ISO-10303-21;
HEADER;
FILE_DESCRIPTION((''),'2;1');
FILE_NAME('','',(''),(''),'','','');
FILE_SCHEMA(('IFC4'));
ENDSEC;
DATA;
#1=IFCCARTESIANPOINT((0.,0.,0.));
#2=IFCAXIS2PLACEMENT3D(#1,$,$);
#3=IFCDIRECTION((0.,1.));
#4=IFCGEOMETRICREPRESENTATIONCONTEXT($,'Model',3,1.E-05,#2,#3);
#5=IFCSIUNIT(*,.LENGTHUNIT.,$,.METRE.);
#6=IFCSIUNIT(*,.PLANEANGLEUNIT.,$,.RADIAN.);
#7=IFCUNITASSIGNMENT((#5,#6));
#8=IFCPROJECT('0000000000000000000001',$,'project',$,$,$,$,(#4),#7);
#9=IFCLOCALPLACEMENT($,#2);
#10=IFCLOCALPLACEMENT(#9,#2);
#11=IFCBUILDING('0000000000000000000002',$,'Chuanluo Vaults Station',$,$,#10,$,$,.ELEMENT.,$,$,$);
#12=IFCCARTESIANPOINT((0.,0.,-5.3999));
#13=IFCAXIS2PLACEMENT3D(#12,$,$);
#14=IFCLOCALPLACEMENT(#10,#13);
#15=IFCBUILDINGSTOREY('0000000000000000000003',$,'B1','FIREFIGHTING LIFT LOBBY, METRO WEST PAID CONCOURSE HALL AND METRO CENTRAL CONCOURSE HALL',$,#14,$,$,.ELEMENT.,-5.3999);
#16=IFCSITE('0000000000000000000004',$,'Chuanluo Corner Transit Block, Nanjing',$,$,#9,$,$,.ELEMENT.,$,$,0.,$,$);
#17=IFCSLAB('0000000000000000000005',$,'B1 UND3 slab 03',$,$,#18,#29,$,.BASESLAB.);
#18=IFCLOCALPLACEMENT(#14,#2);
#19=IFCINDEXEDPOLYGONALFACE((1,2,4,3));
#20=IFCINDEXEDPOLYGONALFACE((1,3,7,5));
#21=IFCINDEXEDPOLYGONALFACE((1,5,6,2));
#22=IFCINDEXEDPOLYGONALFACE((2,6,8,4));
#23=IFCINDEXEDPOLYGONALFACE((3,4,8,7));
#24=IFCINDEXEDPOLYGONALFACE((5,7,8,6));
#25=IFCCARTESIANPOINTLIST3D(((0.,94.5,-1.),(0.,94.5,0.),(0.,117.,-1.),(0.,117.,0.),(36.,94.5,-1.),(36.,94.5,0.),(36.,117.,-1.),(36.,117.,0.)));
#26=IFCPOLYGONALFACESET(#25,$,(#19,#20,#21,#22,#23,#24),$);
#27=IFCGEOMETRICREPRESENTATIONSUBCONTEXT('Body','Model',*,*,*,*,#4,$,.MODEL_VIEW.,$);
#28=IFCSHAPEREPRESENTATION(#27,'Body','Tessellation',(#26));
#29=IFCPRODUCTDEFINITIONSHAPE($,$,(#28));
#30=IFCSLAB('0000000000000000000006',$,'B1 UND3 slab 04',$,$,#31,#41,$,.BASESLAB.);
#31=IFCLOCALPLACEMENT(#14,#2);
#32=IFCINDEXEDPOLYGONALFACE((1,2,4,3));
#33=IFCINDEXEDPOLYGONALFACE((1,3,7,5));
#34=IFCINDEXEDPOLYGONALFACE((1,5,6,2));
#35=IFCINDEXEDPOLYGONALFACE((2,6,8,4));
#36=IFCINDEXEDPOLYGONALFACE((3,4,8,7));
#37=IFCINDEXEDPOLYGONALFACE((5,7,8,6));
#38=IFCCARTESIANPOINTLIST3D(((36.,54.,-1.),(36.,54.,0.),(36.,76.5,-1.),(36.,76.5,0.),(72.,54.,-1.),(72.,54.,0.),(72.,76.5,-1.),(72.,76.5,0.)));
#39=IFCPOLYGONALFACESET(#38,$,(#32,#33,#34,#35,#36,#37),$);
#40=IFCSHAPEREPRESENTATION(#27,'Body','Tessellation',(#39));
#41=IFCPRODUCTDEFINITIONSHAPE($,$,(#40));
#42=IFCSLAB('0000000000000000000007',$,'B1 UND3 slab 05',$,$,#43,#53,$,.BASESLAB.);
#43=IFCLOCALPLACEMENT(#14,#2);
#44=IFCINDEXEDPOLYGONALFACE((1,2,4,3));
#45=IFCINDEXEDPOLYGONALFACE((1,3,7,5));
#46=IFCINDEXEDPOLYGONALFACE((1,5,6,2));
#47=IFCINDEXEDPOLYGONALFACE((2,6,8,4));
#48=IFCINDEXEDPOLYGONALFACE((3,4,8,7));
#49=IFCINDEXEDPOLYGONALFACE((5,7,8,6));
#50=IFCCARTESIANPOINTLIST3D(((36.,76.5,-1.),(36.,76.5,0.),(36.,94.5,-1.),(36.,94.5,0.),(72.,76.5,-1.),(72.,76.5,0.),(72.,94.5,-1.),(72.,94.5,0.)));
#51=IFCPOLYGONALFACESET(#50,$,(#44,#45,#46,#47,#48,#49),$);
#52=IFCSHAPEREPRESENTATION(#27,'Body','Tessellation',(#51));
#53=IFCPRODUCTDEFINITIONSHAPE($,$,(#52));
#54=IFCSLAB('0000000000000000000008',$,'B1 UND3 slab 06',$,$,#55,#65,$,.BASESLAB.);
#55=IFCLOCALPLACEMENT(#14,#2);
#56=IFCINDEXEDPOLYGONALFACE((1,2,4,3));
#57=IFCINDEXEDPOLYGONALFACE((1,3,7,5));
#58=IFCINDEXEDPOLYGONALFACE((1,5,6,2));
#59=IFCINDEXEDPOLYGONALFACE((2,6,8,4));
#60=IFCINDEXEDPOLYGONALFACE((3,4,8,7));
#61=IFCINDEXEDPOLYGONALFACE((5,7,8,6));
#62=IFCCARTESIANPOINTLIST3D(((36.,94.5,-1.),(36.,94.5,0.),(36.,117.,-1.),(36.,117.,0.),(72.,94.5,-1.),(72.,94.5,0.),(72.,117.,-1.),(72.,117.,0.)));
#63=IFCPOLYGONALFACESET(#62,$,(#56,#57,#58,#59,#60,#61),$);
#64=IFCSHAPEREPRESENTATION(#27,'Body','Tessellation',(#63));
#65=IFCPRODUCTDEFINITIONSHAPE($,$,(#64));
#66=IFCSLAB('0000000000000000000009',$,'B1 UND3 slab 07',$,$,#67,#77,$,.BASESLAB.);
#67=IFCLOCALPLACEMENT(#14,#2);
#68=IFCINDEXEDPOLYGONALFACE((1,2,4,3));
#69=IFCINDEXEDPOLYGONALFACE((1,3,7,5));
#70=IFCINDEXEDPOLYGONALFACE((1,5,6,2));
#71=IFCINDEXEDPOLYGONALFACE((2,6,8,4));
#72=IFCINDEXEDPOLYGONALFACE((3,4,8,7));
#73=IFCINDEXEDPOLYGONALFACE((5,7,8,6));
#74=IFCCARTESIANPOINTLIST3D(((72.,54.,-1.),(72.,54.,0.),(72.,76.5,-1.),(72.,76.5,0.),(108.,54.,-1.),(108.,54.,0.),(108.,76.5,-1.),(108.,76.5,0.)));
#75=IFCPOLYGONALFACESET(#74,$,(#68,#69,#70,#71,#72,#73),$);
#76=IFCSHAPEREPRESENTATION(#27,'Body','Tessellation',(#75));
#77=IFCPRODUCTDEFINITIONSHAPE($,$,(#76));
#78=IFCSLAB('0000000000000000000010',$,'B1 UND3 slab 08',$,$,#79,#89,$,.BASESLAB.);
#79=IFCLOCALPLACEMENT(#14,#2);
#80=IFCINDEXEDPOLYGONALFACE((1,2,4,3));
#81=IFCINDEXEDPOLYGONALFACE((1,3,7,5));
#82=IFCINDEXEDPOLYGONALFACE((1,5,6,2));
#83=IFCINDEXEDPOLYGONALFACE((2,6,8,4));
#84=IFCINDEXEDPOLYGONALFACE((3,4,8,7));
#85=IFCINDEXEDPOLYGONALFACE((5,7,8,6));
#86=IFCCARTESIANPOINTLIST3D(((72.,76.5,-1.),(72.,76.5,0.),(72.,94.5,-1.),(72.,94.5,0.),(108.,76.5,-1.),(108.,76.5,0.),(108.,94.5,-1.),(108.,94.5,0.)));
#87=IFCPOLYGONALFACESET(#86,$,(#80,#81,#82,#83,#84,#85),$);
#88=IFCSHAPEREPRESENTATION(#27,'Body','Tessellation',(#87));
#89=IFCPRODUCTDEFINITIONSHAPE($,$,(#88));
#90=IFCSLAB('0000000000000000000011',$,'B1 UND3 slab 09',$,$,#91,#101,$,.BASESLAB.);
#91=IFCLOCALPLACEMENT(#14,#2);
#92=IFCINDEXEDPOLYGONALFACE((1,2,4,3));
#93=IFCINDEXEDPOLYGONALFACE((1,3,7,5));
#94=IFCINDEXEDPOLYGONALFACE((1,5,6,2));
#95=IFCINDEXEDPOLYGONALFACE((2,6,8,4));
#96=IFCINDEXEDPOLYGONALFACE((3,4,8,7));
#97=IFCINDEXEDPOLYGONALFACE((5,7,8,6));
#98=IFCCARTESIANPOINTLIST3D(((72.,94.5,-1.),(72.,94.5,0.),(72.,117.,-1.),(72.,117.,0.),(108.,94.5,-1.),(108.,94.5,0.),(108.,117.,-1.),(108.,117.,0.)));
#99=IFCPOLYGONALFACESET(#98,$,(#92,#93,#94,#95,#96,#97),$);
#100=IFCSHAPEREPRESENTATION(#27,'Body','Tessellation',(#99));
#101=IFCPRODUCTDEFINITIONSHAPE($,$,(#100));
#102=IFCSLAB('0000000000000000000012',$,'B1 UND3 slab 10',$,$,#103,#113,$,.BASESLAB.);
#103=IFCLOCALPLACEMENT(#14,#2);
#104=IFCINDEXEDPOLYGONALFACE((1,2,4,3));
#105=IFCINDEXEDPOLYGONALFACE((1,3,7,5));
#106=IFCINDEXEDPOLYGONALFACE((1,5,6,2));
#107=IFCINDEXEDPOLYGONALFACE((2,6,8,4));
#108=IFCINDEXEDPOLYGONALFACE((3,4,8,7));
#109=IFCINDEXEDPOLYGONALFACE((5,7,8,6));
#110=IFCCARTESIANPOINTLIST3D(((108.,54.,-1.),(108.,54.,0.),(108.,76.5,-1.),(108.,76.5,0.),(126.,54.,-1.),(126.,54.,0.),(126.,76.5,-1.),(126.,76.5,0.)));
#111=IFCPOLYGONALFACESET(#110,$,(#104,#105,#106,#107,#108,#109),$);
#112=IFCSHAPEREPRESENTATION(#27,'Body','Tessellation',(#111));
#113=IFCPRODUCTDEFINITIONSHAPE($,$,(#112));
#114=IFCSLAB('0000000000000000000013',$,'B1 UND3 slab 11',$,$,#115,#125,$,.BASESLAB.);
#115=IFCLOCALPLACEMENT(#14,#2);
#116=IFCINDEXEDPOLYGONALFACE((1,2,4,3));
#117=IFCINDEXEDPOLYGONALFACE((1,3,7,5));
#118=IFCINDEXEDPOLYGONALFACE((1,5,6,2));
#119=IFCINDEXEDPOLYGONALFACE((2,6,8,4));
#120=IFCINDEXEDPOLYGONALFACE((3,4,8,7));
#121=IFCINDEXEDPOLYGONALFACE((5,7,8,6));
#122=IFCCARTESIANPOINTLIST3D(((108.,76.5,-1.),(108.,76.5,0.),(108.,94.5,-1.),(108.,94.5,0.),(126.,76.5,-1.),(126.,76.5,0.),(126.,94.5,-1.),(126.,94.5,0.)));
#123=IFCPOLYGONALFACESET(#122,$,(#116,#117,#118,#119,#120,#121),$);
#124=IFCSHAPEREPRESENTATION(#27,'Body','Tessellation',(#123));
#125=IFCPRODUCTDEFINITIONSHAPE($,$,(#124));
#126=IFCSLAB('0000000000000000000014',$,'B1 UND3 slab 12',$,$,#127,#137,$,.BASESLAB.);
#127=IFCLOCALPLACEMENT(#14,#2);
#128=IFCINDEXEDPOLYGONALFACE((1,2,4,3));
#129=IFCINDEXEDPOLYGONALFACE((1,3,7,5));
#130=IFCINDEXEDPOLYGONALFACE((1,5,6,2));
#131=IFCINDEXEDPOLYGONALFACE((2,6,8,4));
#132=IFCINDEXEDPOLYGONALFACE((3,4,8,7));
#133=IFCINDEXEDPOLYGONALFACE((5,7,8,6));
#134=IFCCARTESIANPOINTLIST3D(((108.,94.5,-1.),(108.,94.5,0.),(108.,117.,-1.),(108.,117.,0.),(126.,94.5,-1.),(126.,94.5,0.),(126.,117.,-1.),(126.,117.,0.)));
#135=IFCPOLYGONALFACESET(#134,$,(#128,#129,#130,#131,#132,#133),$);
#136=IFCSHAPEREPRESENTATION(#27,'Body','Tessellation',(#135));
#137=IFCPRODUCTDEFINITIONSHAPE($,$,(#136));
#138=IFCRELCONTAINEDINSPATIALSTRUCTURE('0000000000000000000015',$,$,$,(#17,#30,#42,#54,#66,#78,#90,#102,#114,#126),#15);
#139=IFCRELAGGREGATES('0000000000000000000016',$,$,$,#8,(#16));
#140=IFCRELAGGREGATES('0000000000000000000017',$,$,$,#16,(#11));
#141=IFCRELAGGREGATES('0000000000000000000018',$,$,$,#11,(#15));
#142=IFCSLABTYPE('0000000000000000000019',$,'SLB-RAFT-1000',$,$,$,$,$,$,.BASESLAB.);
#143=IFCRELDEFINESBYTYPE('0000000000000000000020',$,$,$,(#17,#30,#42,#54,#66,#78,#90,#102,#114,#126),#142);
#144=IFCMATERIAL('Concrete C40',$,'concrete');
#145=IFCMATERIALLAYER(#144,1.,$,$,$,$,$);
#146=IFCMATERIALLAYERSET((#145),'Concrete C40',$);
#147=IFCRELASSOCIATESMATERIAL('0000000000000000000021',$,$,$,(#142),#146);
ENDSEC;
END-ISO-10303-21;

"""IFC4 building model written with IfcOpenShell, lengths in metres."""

from ifc_helpers import new_model, si_unit, direction, frame, origin, place, context, subcontext, project, spatial, polyline, outline, extrude, material, layer, layer_set, type_object, element, save


model = new_model("IFC4")

# Units and contexts
model_context = context("Model", 3, precision=1e-05, world=origin(), true_north=direction((0.0, 1.0)))
body_context = subcontext(model_context, "Body", "Model", "MODEL_VIEW")
ifc_project = project(units=[si_unit("LENGTHUNIT", "METRE"), si_unit("PLANEANGLEUNIT", "RADIAN")], contexts=[model_context])

# Site, building, storey
site_placement = place(None, origin())
site = spatial("IfcSite", under=ifc_project, at=site_placement, Name="Chuanluo Corner Transit Block, Nanjing", CompositionType="ELEMENT", RefElevation=0.0)
building_placement = place(site_placement, origin())
building = spatial("IfcBuilding", under=site, at=building_placement, Name="Chuanluo Vaults Station", CompositionType="ELEMENT")
storey_placement = place(building_placement, frame((0.0, 0.0, -5.3999)))
storey = spatial("IfcBuildingStorey", under=building, at=storey_placement, Name="B1", Description="FIREFIGHTING LIFT LOBBY, METRO WEST PAID CONCOURSE HALL AND METRO CENTRAL CONCOURSE HALL", CompositionType="ELEMENT", Elevation=-5.3999)

# Slabs
ifc_material_1 = material(Name="Concrete C40", Category="concrete")
ifc_layer = layer(ifc_material_1, 1.0)
ifc_layer_set = layer_set([ifc_layer], Name="Concrete C40")
slab_type = type_object("IfcSlabType", Name="SLB-RAFT-1000", PredefinedType="BASESLAB", material=ifc_layer_set)
slab_1_placement = place(storey_placement, frame((0.0, 0.0, -1.0)))
element("IfcSlab", 1, at=slab_1_placement, inside=storey, type_object=slab_type, Name="B1 UND3 slab 03", PredefinedType="BASESLAB", context=body_context, shape_type="SweptSolid", body=[
    extrude(outline(polyline([(0.0, 94.5), (36.0, 94.5), (36.0, 117.0), (0.0, 117.0), (0.0, 94.5)])), origin(), (0.0, 0.0, 1.0), 1.0),
])
slab_2_placement = place(storey_placement, frame((0.0, 0.0, -1.0)))
element("IfcSlab", 2, at=slab_2_placement, inside=storey, type_object=slab_type, Name="B1 UND3 slab 04", PredefinedType="BASESLAB", context=body_context, shape_type="SweptSolid", body=[
    extrude(outline(polyline([(36.0, 54.0), (72.0, 54.0), (72.0, 76.5), (36.0, 76.5), (36.0, 54.0)])), origin(), (0.0, 0.0, 1.0), 1.0),
])
slab_3_placement = place(storey_placement, frame((0.0, 0.0, -1.0)))
element("IfcSlab", 3, at=slab_3_placement, inside=storey, type_object=slab_type, Name="B1 UND3 slab 05", PredefinedType="BASESLAB", context=body_context, shape_type="SweptSolid", body=[
    extrude(outline(polyline([(36.0, 76.5), (72.0, 76.5), (72.0, 94.5), (36.0, 94.5), (36.0, 76.5)])), origin(), (0.0, 0.0, 1.0), 1.0),
])
slab_4_placement = place(storey_placement, frame((0.0, 0.0, -1.0)))
element("IfcSlab", 4, at=slab_4_placement, inside=storey, type_object=slab_type, Name="B1 UND3 slab 06", PredefinedType="BASESLAB", context=body_context, shape_type="SweptSolid", body=[
    extrude(outline(polyline([(36.0, 94.5), (72.0, 94.5), (72.0, 117.0), (36.0, 117.0), (36.0, 94.5)])), origin(), (0.0, 0.0, 1.0), 1.0),
])
slab_5_placement = place(storey_placement, frame((0.0, 0.0, -1.0)))
element("IfcSlab", 5, at=slab_5_placement, inside=storey, type_object=slab_type, Name="B1 UND3 slab 07", PredefinedType="BASESLAB", context=body_context, shape_type="SweptSolid", body=[
    extrude(outline(polyline([(72.0, 54.0), (108.0, 54.0), (108.0, 76.5), (72.0, 76.5), (72.0, 54.0)])), origin(), (0.0, 0.0, 1.0), 1.0),
])
slab_6_placement = place(storey_placement, frame((0.0, 0.0, -1.0)))
element("IfcSlab", 6, at=slab_6_placement, inside=storey, type_object=slab_type, Name="B1 UND3 slab 08", PredefinedType="BASESLAB", context=body_context, shape_type="SweptSolid", body=[
    extrude(outline(polyline([(72.0, 76.5), (108.0, 76.5), (108.0, 94.5), (72.0, 94.5), (72.0, 76.5)])), origin(), (0.0, 0.0, 1.0), 1.0),
])
slab_7_placement = place(storey_placement, frame((0.0, 0.0, -1.0)))
element("IfcSlab", 7, at=slab_7_placement, inside=storey, type_object=slab_type, Name="B1 UND3 slab 09", PredefinedType="BASESLAB", context=body_context, shape_type="SweptSolid", body=[
    extrude(outline(polyline([(72.0, 94.5), (108.0, 94.5), (108.0, 117.0), (72.0, 117.0), (72.0, 94.5)])), origin(), (0.0, 0.0, 1.0), 1.0),
])
slab_8_placement = place(storey_placement, frame((0.0, 0.0, -1.0)))
element("IfcSlab", 8, at=slab_8_placement, inside=storey, type_object=slab_type, Name="B1 UND3 slab 10", PredefinedType="BASESLAB", context=body_context, shape_type="SweptSolid", body=[
    extrude(outline(polyline([(108.0, 54.0), (126.0, 54.0), (126.0, 76.5), (108.0, 76.5), (108.0, 54.0)])), origin(), (0.0, 0.0, 1.0), 1.0),
])
slab_9_placement = place(storey_placement, frame((0.0, 0.0, -1.0)))
element("IfcSlab", 9, at=slab_9_placement, inside=storey, type_object=slab_type, Name="B1 UND3 slab 11", PredefinedType="BASESLAB", context=body_context, shape_type="SweptSolid", body=[
    extrude(outline(polyline([(108.0, 76.5), (126.0, 76.5), (126.0, 94.5), (108.0, 94.5), (108.0, 76.5)])), origin(), (0.0, 0.0, 1.0), 1.0),
])
slab_10_placement = place(storey_placement, frame((0.0, 0.0, -1.0)))
element("IfcSlab", 10, at=slab_10_placement, inside=storey, type_object=slab_type, Name="B1 UND3 slab 12", PredefinedType="BASESLAB", context=body_context, shape_type="SweptSolid", body=[
    extrude(outline(polyline([(108.0, 94.5), (126.0, 94.5), (126.0, 117.0), (108.0, 117.0), (108.0, 94.5)])), origin(), (0.0, 0.0, 1.0), 1.0),
])

save(model, "model.ifc")
